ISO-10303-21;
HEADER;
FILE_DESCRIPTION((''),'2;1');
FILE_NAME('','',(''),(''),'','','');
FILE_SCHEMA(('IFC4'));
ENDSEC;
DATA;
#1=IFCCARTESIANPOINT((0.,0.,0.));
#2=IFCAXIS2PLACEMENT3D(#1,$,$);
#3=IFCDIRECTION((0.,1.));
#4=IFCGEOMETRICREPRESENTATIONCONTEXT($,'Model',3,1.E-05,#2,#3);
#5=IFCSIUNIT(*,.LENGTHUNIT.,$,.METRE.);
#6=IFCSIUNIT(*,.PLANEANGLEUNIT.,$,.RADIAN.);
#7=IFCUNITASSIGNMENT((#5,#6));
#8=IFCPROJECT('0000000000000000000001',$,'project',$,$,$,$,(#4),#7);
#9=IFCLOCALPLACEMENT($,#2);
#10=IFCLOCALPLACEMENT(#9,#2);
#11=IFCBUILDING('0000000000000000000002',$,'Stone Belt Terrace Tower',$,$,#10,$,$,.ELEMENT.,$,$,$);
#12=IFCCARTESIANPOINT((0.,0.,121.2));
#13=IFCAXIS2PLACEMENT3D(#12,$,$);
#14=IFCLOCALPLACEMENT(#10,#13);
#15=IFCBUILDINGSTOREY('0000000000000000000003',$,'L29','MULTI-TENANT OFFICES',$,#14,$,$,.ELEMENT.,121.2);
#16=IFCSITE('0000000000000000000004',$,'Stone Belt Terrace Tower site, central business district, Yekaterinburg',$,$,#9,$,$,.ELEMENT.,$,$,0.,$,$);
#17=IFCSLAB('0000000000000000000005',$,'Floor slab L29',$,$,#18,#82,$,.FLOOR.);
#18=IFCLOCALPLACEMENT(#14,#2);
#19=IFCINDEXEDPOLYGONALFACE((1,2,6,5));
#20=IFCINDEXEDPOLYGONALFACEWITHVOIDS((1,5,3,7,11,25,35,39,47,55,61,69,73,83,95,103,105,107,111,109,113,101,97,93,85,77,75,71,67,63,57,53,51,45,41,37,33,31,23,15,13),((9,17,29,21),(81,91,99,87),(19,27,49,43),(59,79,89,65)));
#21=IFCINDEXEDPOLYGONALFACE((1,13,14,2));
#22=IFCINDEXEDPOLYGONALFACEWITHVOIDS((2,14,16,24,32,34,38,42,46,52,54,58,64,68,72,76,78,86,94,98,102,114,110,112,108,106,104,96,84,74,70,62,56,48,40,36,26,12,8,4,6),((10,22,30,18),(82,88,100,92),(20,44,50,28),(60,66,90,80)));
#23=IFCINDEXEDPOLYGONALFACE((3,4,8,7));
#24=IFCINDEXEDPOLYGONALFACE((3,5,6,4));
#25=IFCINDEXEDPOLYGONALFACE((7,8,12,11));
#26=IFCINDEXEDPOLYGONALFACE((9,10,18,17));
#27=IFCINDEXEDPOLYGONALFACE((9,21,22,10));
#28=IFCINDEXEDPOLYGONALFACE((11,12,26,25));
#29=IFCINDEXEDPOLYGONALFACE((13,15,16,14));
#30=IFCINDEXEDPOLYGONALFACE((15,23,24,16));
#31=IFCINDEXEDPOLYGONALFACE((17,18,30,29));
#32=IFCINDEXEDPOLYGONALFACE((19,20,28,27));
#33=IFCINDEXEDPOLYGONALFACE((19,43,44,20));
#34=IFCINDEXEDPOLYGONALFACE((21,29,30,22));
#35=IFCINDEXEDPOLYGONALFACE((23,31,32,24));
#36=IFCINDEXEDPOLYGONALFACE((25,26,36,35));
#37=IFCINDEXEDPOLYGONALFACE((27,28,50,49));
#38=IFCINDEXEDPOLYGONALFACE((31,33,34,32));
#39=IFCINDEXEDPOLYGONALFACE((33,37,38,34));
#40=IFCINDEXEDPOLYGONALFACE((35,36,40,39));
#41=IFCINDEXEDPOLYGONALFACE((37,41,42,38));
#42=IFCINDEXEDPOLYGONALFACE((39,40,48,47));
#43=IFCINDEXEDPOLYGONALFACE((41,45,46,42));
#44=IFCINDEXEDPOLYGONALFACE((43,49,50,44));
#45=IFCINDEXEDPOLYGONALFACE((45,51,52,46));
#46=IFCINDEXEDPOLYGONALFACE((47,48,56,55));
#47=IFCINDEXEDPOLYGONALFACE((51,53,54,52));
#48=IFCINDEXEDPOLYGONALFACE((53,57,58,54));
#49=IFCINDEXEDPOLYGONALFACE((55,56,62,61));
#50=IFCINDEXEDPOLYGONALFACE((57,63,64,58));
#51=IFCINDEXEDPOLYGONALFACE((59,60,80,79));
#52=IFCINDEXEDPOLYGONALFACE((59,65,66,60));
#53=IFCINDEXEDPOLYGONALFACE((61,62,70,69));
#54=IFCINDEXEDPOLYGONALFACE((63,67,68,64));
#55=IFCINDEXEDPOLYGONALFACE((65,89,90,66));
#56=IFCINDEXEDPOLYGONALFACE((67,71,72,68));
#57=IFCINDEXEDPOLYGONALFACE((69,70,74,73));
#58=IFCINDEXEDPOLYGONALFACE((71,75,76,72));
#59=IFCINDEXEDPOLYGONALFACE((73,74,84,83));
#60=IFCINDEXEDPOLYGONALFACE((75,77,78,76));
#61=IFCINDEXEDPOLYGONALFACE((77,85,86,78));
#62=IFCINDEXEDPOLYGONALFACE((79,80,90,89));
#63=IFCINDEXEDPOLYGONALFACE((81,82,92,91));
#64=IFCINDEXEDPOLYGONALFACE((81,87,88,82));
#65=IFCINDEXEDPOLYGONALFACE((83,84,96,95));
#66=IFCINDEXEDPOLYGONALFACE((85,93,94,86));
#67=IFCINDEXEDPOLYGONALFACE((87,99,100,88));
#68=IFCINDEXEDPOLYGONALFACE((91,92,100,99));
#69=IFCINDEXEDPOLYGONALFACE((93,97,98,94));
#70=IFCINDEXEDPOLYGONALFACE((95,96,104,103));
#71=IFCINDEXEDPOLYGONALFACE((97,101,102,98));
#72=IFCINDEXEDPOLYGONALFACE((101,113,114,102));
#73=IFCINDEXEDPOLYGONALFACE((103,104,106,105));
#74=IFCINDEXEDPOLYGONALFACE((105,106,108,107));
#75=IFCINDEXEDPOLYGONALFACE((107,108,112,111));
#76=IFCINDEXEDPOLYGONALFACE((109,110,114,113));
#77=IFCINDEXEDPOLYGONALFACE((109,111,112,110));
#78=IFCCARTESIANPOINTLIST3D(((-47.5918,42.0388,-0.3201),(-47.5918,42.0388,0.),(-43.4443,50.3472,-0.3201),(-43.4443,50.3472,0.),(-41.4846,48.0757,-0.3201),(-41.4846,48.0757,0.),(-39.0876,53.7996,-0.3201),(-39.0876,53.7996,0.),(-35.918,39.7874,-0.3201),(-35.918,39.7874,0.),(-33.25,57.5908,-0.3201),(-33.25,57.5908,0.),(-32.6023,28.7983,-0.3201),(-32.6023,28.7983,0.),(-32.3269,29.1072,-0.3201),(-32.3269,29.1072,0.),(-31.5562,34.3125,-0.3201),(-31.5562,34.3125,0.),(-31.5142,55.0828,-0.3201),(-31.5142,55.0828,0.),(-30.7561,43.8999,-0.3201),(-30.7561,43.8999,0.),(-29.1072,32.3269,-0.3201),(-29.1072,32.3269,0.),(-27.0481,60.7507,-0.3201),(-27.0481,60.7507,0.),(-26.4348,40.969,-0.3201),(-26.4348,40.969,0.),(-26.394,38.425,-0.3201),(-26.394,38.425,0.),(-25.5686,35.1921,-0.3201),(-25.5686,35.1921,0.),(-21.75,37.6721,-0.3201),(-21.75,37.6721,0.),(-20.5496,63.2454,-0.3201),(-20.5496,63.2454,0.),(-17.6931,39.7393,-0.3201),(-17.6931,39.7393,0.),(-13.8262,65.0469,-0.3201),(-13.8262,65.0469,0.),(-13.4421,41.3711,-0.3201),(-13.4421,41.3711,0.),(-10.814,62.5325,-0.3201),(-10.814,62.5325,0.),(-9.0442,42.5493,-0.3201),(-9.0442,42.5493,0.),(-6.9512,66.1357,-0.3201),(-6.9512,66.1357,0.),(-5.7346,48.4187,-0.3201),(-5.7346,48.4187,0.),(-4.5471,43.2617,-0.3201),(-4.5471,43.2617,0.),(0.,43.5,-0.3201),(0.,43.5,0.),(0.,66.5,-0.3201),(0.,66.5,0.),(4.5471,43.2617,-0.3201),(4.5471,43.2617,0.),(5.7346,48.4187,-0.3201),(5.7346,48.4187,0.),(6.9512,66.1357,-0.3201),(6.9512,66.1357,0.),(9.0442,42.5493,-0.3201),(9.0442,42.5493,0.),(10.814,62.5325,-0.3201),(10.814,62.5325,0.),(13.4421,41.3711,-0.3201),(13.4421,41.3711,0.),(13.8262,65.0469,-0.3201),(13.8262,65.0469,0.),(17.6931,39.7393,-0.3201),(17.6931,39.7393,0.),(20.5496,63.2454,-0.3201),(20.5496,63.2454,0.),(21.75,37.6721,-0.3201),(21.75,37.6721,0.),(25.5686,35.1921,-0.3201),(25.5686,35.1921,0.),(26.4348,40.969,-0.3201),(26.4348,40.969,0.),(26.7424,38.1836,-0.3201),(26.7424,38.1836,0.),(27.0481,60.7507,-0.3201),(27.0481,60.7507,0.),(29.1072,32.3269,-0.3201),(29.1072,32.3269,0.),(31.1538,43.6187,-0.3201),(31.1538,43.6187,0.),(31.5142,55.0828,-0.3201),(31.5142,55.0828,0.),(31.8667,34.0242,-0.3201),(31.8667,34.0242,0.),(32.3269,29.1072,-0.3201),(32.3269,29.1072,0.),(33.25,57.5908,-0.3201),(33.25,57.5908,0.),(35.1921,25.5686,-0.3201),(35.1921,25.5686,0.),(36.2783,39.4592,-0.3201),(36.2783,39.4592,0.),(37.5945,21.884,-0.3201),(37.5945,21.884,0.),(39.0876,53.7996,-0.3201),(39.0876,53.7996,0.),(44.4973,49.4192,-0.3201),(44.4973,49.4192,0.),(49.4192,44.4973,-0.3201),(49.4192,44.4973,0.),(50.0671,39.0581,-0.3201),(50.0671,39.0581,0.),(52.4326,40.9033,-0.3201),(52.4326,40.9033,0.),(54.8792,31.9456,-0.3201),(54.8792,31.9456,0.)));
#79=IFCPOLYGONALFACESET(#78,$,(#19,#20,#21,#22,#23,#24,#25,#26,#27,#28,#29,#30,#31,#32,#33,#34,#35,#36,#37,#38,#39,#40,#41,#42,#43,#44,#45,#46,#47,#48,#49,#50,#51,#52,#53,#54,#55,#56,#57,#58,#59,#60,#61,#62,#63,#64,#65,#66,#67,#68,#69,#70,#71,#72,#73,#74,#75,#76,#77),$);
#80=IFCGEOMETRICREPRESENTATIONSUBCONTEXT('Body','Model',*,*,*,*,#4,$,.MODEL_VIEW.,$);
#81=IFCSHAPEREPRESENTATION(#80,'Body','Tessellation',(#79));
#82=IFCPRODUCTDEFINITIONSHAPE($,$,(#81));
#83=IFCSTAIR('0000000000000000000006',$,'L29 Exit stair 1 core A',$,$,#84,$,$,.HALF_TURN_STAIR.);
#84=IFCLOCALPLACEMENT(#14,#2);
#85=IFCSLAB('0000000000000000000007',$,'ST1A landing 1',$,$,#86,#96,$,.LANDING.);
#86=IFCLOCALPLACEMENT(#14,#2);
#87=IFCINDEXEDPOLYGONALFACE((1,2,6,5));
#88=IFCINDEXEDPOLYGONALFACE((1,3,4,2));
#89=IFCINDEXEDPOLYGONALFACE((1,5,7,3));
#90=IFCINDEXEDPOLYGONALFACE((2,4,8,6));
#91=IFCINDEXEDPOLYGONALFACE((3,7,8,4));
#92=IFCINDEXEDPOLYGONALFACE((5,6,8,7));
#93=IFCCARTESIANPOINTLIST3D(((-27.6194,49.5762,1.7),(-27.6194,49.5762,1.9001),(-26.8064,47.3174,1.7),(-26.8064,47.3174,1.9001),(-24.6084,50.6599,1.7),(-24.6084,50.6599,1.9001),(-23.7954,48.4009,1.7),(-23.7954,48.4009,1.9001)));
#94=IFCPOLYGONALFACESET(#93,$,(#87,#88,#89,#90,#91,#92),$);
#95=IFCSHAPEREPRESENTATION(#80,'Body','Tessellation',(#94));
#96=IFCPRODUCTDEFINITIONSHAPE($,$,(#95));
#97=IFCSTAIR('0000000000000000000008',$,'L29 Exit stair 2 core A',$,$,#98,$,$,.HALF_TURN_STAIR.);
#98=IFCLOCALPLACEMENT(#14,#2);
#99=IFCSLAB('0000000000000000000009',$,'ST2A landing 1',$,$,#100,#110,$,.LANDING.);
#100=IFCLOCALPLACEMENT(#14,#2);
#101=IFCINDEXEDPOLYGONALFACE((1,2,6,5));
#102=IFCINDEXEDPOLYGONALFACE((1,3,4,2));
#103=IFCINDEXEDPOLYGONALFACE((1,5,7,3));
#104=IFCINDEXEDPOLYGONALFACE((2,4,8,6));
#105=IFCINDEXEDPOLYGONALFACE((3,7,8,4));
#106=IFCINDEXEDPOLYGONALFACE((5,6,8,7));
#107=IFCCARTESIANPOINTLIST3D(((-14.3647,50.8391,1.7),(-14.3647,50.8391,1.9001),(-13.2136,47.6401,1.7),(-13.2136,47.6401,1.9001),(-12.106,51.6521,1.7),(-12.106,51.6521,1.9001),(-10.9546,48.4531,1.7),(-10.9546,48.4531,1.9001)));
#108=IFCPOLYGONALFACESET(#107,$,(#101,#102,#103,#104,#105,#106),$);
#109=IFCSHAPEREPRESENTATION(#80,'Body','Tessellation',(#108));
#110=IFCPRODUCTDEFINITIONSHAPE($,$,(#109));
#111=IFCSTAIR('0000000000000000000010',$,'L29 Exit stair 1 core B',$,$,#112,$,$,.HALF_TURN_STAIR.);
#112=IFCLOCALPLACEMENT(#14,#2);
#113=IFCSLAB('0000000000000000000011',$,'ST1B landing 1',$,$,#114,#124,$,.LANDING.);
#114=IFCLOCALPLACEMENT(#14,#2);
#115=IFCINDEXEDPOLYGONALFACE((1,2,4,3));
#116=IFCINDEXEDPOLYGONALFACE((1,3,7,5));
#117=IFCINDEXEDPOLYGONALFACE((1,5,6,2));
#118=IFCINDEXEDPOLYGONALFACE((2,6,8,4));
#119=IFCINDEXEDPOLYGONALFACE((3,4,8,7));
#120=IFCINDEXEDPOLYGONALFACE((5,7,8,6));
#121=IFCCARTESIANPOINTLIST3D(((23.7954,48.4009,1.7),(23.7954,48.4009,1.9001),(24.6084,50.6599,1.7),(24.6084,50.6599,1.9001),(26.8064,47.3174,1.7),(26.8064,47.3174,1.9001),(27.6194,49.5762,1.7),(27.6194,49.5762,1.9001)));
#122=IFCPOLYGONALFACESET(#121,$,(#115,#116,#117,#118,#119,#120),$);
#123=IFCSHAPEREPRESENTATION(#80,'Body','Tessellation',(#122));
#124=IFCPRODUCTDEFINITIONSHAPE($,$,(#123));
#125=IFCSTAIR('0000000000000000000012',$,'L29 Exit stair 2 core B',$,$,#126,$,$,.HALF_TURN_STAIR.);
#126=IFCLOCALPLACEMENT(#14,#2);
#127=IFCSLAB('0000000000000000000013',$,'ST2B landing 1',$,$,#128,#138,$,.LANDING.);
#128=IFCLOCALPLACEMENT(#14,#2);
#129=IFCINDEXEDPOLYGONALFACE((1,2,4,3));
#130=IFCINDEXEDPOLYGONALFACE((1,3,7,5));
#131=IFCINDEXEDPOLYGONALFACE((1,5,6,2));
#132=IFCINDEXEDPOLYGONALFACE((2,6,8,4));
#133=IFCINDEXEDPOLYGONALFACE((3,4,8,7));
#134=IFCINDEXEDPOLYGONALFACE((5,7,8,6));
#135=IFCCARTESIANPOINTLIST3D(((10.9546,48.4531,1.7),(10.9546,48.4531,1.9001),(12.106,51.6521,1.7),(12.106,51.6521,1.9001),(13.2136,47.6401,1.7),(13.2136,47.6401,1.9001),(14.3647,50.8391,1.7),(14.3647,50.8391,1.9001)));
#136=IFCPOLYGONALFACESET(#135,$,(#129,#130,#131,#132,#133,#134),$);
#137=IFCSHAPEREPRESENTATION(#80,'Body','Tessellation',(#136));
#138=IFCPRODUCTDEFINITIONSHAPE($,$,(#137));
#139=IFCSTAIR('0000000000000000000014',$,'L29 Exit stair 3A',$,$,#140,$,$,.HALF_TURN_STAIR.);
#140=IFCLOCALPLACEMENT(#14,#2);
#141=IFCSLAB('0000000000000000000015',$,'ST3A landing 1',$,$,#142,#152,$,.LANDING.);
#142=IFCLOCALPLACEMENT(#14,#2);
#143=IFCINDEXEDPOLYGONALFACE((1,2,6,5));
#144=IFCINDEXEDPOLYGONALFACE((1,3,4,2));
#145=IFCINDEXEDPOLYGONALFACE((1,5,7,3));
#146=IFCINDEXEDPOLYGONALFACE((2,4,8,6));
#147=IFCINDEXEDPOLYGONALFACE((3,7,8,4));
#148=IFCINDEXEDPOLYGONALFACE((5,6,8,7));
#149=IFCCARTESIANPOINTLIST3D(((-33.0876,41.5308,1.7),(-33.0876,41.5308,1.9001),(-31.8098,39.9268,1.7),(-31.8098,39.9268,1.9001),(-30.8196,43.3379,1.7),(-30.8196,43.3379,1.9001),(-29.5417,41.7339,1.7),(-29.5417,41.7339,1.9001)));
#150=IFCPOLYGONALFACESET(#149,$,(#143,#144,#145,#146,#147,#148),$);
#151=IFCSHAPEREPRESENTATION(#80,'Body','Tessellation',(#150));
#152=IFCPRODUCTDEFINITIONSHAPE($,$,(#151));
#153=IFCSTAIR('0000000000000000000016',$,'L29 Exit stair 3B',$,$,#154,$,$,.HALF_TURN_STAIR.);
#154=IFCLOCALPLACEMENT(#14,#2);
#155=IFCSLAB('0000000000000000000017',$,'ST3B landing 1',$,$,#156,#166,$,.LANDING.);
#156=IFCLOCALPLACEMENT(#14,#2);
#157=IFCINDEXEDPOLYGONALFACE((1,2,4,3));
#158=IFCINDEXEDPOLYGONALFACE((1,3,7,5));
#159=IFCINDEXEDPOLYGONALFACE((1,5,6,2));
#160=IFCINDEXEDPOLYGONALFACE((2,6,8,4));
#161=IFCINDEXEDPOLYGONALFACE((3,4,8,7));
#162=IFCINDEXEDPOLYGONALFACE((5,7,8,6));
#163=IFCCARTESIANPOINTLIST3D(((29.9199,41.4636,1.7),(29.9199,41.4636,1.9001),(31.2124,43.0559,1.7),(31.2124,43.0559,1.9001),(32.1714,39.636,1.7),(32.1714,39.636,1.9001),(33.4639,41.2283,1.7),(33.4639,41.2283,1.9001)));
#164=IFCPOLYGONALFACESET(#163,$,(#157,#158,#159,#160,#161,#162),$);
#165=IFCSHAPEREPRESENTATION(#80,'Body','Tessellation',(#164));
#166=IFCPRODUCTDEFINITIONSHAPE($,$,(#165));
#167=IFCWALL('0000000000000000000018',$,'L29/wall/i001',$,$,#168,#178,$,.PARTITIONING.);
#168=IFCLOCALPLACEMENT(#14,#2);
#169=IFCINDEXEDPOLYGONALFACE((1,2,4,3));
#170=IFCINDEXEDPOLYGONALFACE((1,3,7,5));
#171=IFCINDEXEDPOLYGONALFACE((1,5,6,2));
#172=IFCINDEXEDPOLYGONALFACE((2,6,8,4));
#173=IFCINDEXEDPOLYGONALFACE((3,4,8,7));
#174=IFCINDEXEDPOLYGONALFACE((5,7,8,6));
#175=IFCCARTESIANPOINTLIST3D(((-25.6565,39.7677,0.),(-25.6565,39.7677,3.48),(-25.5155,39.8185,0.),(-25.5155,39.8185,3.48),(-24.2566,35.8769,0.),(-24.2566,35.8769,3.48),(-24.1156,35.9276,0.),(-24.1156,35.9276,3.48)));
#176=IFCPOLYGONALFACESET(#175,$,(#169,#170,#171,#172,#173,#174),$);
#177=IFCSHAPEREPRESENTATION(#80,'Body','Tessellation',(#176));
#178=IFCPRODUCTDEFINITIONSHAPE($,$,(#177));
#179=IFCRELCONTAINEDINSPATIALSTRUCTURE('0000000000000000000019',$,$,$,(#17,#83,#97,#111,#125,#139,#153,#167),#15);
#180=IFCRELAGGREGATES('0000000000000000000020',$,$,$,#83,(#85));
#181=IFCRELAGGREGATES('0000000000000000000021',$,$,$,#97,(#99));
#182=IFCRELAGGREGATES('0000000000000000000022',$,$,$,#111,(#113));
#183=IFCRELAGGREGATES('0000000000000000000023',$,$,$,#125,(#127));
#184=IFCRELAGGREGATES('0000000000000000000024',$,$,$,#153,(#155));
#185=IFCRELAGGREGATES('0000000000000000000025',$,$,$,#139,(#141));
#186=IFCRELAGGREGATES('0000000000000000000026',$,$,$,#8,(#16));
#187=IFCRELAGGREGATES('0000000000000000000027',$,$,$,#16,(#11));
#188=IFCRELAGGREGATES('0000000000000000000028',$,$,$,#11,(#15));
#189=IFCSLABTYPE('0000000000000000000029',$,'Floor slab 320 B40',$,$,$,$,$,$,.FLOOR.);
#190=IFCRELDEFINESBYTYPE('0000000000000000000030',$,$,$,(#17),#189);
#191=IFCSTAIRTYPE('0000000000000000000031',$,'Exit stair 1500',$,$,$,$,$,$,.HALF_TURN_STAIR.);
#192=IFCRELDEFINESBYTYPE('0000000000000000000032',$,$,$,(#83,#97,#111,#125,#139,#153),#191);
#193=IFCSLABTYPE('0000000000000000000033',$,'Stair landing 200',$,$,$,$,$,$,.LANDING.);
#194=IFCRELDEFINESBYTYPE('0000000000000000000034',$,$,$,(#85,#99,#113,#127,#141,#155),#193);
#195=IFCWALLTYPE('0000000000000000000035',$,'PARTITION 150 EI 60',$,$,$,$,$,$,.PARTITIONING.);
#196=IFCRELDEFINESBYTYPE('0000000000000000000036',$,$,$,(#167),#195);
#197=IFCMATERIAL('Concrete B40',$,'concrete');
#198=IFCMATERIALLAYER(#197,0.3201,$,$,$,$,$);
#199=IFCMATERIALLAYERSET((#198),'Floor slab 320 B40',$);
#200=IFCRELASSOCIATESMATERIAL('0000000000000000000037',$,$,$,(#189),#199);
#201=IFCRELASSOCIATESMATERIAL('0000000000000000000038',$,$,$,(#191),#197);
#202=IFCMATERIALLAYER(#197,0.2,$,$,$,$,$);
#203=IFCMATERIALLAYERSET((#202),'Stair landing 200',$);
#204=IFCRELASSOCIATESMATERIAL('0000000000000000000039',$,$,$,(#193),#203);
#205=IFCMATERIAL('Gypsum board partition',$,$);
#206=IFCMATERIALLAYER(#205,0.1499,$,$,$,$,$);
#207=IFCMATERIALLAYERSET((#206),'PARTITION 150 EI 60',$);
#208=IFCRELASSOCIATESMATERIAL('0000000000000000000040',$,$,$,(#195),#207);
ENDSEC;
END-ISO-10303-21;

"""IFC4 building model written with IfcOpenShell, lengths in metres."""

from ifc_helpers import new_model, si_unit, direction, frame, frame_2d, origin, place, context, subcontext, project, spatial, polyline, rectangle, outline, extrude, material, layer, layer_set, type_object, element, aggregate, save


model = new_model("IFC4")

# Units and contexts
model_context = context("Model", 3, precision=1e-05, world=origin(), true_north=direction((0.0, 1.0)))
body_context = subcontext(model_context, "Body", "Model", "MODEL_VIEW")
ifc_project = project(units=[si_unit("LENGTHUNIT", "METRE"), si_unit("PLANEANGLEUNIT", "RADIAN")], contexts=[model_context])

# Site, building, storey
site_placement = place(None, origin())
site = spatial("IfcSite", under=ifc_project, at=site_placement, Name="Stone Belt Terrace Tower site, central business district, Yekaterinburg", CompositionType="ELEMENT", RefElevation=0.0)
building_placement = place(site_placement, origin())
building = spatial("IfcBuilding", under=site, at=building_placement, Name="Stone Belt Terrace Tower", CompositionType="ELEMENT")
storey_placement = place(building_placement, frame((0.0, 0.0, 121.2)))
storey = spatial("IfcBuildingStorey", under=building, at=storey_placement, Name="L29", Description="MULTI-TENANT OFFICES", CompositionType="ELEMENT", Elevation=121.2)

# Slab
ifc_material_1 = material(Name="Concrete B40", Category="concrete")
ifc_layer_1 = layer(ifc_material_1, 0.3201)
ifc_layer_set_1 = layer_set([ifc_layer_1], Name="Floor slab 320 B40")
slab_type_1 = type_object("IfcSlabType", Name="Floor slab 320 B40", PredefinedType="FLOOR", material=ifc_layer_set_1)
slab_1_placement = place(storey_placement, frame((0.0, 0.0, -0.3201)))
element("IfcSlab", 1, at=slab_1_placement, inside=storey, type_object=slab_type_1, Name="Floor slab L29", PredefinedType="FLOOR", context=body_context, shape_type="SweptSolid", body=[
    extrude(outline(polyline([(-39.0876, 53.7996), (-33.25, 57.5908), (-27.0481, 60.7507), (-20.5496, 63.2454), (-13.8262, 65.0469), (-6.9512, 66.1357), (0.0, 66.5), (6.9512, 66.1357), (13.8262, 65.0469), (20.5496, 63.2454), (27.0481, 60.7507), (33.25, 57.5908), (39.0876, 53.7996), (44.4973, 49.4192), (49.4192, 44.4973), (52.4326, 40.9033), (50.0671, 39.0581), (54.8792, 31.9456), (37.5945, 21.884), (35.1921, 25.5686), (32.3269, 29.1072), (29.1072, 32.3269), (25.5686, 35.1921), (21.75, 37.6721), (17.6931, 39.7393), (13.4421, 41.3711), (9.0442, 42.5493), (4.5471, 43.2617), (0.0, 43.5), (-4.5471, 43.2617), (-9.0442, 42.5493), (-13.4421, 41.3711), (-17.6931, 39.7393), (-21.75, 37.6721), (-25.5686, 35.1921), (-29.1072, 32.3269), (-32.3269, 29.1072), (-32.6023, 28.7983), (-47.5918, 42.0388), (-41.4846, 48.0757), (-43.4443, 50.3472), (-39.0876, 53.7996)]), holes=[polyline([(-26.4348, 40.969), (-5.7346, 48.4187), (-10.814, 62.5325), (-31.5142, 55.0828), (-26.4348, 40.969)]), polyline([(10.814, 62.5325), (5.7346, 48.4187), (26.4348, 40.969), (31.5142, 55.0828), (10.814, 62.5325)]), polyline([(-35.918, 39.7874), (-31.5562, 34.3125), (-26.394, 38.425), (-30.7561, 43.8999), (-35.918, 39.7874)]), polyline([(36.2783, 39.4592), (31.1538, 43.6187), (26.7424, 38.1836), (31.8667, 34.0242), (36.2783, 39.4592)])]), origin(), (0.0, 0.0, 1.0), 0.3201),
])

# Stairs, slabs
stair_type = type_object("IfcStairType", Name="Exit stair 1500", PredefinedType="HALF_TURN_STAIR", material=ifc_material_1)
stair_1_placement = place(storey_placement, origin())
stair_1 = element("IfcStair", 2, at=stair_1_placement, inside=storey, type_object=stair_type, Name="L29 Exit stair 1 core A", PredefinedType="HALF_TURN_STAIR")
ifc_layer_2 = layer(ifc_material_1, 0.2)
ifc_layer_set_2 = layer_set([ifc_layer_2], Name="Stair landing 200")
slab_type_2 = type_object("IfcSlabType", Name="Stair landing 200", PredefinedType="LANDING", material=ifc_layer_set_2)
slab_2_placement = place(storey_placement, frame((0.0, 0.0, 1.7)))
slab_2 = element("IfcSlab", 3, at=slab_2_placement, type_object=slab_type_2, Name="ST1A landing 1", PredefinedType="LANDING", context=body_context, shape_type="SweptSolid", body=[
    extrude(outline(polyline([(-23.7954, 48.4009), (-24.6084, 50.6599), (-27.6194, 49.5762), (-26.8064, 47.3174), (-23.7954, 48.4009)])), origin(), (0.0, 0.0, 1.0), 0.2002),
])
aggregate(stair_1, [slab_2])
stair_2_placement = place(storey_placement, origin())
stair_2 = element("IfcStair", 4, at=stair_2_placement, inside=storey, type_object=stair_type, Name="L29 Exit stair 2 core A", PredefinedType="HALF_TURN_STAIR")
slab_3_placement = place(storey_placement, frame((0.0, 0.0, 1.7)))
slab_3 = element("IfcSlab", 5, at=slab_3_placement, type_object=slab_type_2, Name="ST2A landing 1", PredefinedType="LANDING", context=body_context, shape_type="SweptSolid", body=[
    extrude(outline(polyline([(-13.2136, 47.6401), (-10.9546, 48.4531), (-12.106, 51.6521), (-14.3647, 50.8391), (-13.2136, 47.6401)])), origin(), (0.0, 0.0, 1.0), 0.2002),
])
aggregate(stair_2, [slab_3])
stair_3_placement = place(storey_placement, origin())
stair_3 = element("IfcStair", 6, at=stair_3_placement, inside=storey, type_object=stair_type, Name="L29 Exit stair 1 core B", PredefinedType="HALF_TURN_STAIR")
slab_4_placement = place(storey_placement, frame((0.0, 0.0, 1.7)))
slab_4 = element("IfcSlab", 7, at=slab_4_placement, type_object=slab_type_2, Name="ST1B landing 1", PredefinedType="LANDING", context=body_context, shape_type="SweptSolid", body=[
    extrude(outline(polyline([(26.8064, 47.3174), (27.6194, 49.5762), (24.6084, 50.6599), (23.7954, 48.4009), (26.8064, 47.3174)])), origin(), (0.0, 0.0, 1.0), 0.2002),
])
aggregate(stair_3, [slab_4])
stair_4_placement = place(storey_placement, origin())
stair_4 = element("IfcStair", 8, at=stair_4_placement, inside=storey, type_object=stair_type, Name="L29 Exit stair 2 core B", PredefinedType="HALF_TURN_STAIR")
slab_5_placement = place(storey_placement, frame((0.0, 0.0, 1.7)))
slab_5 = element("IfcSlab", 9, at=slab_5_placement, type_object=slab_type_2, Name="ST2B landing 1", PredefinedType="LANDING", context=body_context, shape_type="SweptSolid", body=[
    extrude(outline(polyline([(14.3647, 50.8391), (12.106, 51.6521), (10.9546, 48.4531), (13.2136, 47.6401), (14.3647, 50.8391)])), origin(), (0.0, 0.0, 1.0), 0.2002),
])
aggregate(stair_4, [slab_5])
stair_5_placement = place(storey_placement, origin())
stair_5 = element("IfcStair", 10, at=stair_5_placement, inside=storey, type_object=stair_type, Name="L29 Exit stair 3A", PredefinedType="HALF_TURN_STAIR")
slab_6_placement = place(storey_placement, frame((0.0, 0.0, 1.7)))
slab_6 = element("IfcSlab", 11, at=slab_6_placement, type_object=slab_type_2, Name="ST3A landing 1", PredefinedType="LANDING", context=body_context, shape_type="SweptSolid", body=[
    extrude(outline(polyline([(-29.5417, 41.7339), (-30.8196, 43.3379), (-33.0876, 41.5308), (-31.8098, 39.9268), (-29.5417, 41.7339)])), origin(), (0.0, 0.0, 1.0), 0.2002),
])
stair_6_placement = place(storey_placement, origin())
stair_6 = element("IfcStair", 12, at=stair_6_placement, inside=storey, type_object=stair_type, Name="L29 Exit stair 3B", PredefinedType="HALF_TURN_STAIR")
slab_7_placement = place(storey_placement, frame((0.0, 0.0, 1.7)))
slab_7 = element("IfcSlab", 13, at=slab_7_placement, type_object=slab_type_2, Name="ST3B landing 1", PredefinedType="LANDING", context=body_context, shape_type="SweptSolid", body=[
    extrude(outline(polyline([(32.1714, 39.636), (33.4639, 41.2283), (31.2124, 43.0559), (29.9199, 41.4636), (32.1714, 39.636)])), origin(), (0.0, 0.0, 1.0), 0.2002),
])
aggregate(stair_6, [slab_7])

# Wall
ifc_material_2 = material(Name="Gypsum board partition")
ifc_layer_3 = layer(ifc_material_2, 0.1499)
ifc_layer_set_3 = layer_set([ifc_layer_3], Name="PARTITION 150 EI 60")
wall_type_1 = type_object("IfcWallType", Name="PARTITION 150 EI 60", PredefinedType="PARTITIONING", material=ifc_layer_set_3)
wall_1_placement = place(storey_placement, frame((-25.5859, 39.793, 0.0), z_axis=(0.0, 0.0, 1.0), x_axis=(0.338546, -0.94095, 0.0)))
element("IfcWall", 14, at=wall_1_placement, inside=storey, type_object=wall_type_1, Name="L29/wall/i001", PredefinedType="PARTITIONING", context=body_context, shape_type="SweptSolid", body=[
    extrude(rectangle(XDim=4.135, YDim=0.1499, at=frame_2d((2.0674, 0.0))), origin(), (0.0, 0.0, 1.0), 3.48),
])

aggregate(stair_5, [slab_6])

save(model, "model.ifc")
